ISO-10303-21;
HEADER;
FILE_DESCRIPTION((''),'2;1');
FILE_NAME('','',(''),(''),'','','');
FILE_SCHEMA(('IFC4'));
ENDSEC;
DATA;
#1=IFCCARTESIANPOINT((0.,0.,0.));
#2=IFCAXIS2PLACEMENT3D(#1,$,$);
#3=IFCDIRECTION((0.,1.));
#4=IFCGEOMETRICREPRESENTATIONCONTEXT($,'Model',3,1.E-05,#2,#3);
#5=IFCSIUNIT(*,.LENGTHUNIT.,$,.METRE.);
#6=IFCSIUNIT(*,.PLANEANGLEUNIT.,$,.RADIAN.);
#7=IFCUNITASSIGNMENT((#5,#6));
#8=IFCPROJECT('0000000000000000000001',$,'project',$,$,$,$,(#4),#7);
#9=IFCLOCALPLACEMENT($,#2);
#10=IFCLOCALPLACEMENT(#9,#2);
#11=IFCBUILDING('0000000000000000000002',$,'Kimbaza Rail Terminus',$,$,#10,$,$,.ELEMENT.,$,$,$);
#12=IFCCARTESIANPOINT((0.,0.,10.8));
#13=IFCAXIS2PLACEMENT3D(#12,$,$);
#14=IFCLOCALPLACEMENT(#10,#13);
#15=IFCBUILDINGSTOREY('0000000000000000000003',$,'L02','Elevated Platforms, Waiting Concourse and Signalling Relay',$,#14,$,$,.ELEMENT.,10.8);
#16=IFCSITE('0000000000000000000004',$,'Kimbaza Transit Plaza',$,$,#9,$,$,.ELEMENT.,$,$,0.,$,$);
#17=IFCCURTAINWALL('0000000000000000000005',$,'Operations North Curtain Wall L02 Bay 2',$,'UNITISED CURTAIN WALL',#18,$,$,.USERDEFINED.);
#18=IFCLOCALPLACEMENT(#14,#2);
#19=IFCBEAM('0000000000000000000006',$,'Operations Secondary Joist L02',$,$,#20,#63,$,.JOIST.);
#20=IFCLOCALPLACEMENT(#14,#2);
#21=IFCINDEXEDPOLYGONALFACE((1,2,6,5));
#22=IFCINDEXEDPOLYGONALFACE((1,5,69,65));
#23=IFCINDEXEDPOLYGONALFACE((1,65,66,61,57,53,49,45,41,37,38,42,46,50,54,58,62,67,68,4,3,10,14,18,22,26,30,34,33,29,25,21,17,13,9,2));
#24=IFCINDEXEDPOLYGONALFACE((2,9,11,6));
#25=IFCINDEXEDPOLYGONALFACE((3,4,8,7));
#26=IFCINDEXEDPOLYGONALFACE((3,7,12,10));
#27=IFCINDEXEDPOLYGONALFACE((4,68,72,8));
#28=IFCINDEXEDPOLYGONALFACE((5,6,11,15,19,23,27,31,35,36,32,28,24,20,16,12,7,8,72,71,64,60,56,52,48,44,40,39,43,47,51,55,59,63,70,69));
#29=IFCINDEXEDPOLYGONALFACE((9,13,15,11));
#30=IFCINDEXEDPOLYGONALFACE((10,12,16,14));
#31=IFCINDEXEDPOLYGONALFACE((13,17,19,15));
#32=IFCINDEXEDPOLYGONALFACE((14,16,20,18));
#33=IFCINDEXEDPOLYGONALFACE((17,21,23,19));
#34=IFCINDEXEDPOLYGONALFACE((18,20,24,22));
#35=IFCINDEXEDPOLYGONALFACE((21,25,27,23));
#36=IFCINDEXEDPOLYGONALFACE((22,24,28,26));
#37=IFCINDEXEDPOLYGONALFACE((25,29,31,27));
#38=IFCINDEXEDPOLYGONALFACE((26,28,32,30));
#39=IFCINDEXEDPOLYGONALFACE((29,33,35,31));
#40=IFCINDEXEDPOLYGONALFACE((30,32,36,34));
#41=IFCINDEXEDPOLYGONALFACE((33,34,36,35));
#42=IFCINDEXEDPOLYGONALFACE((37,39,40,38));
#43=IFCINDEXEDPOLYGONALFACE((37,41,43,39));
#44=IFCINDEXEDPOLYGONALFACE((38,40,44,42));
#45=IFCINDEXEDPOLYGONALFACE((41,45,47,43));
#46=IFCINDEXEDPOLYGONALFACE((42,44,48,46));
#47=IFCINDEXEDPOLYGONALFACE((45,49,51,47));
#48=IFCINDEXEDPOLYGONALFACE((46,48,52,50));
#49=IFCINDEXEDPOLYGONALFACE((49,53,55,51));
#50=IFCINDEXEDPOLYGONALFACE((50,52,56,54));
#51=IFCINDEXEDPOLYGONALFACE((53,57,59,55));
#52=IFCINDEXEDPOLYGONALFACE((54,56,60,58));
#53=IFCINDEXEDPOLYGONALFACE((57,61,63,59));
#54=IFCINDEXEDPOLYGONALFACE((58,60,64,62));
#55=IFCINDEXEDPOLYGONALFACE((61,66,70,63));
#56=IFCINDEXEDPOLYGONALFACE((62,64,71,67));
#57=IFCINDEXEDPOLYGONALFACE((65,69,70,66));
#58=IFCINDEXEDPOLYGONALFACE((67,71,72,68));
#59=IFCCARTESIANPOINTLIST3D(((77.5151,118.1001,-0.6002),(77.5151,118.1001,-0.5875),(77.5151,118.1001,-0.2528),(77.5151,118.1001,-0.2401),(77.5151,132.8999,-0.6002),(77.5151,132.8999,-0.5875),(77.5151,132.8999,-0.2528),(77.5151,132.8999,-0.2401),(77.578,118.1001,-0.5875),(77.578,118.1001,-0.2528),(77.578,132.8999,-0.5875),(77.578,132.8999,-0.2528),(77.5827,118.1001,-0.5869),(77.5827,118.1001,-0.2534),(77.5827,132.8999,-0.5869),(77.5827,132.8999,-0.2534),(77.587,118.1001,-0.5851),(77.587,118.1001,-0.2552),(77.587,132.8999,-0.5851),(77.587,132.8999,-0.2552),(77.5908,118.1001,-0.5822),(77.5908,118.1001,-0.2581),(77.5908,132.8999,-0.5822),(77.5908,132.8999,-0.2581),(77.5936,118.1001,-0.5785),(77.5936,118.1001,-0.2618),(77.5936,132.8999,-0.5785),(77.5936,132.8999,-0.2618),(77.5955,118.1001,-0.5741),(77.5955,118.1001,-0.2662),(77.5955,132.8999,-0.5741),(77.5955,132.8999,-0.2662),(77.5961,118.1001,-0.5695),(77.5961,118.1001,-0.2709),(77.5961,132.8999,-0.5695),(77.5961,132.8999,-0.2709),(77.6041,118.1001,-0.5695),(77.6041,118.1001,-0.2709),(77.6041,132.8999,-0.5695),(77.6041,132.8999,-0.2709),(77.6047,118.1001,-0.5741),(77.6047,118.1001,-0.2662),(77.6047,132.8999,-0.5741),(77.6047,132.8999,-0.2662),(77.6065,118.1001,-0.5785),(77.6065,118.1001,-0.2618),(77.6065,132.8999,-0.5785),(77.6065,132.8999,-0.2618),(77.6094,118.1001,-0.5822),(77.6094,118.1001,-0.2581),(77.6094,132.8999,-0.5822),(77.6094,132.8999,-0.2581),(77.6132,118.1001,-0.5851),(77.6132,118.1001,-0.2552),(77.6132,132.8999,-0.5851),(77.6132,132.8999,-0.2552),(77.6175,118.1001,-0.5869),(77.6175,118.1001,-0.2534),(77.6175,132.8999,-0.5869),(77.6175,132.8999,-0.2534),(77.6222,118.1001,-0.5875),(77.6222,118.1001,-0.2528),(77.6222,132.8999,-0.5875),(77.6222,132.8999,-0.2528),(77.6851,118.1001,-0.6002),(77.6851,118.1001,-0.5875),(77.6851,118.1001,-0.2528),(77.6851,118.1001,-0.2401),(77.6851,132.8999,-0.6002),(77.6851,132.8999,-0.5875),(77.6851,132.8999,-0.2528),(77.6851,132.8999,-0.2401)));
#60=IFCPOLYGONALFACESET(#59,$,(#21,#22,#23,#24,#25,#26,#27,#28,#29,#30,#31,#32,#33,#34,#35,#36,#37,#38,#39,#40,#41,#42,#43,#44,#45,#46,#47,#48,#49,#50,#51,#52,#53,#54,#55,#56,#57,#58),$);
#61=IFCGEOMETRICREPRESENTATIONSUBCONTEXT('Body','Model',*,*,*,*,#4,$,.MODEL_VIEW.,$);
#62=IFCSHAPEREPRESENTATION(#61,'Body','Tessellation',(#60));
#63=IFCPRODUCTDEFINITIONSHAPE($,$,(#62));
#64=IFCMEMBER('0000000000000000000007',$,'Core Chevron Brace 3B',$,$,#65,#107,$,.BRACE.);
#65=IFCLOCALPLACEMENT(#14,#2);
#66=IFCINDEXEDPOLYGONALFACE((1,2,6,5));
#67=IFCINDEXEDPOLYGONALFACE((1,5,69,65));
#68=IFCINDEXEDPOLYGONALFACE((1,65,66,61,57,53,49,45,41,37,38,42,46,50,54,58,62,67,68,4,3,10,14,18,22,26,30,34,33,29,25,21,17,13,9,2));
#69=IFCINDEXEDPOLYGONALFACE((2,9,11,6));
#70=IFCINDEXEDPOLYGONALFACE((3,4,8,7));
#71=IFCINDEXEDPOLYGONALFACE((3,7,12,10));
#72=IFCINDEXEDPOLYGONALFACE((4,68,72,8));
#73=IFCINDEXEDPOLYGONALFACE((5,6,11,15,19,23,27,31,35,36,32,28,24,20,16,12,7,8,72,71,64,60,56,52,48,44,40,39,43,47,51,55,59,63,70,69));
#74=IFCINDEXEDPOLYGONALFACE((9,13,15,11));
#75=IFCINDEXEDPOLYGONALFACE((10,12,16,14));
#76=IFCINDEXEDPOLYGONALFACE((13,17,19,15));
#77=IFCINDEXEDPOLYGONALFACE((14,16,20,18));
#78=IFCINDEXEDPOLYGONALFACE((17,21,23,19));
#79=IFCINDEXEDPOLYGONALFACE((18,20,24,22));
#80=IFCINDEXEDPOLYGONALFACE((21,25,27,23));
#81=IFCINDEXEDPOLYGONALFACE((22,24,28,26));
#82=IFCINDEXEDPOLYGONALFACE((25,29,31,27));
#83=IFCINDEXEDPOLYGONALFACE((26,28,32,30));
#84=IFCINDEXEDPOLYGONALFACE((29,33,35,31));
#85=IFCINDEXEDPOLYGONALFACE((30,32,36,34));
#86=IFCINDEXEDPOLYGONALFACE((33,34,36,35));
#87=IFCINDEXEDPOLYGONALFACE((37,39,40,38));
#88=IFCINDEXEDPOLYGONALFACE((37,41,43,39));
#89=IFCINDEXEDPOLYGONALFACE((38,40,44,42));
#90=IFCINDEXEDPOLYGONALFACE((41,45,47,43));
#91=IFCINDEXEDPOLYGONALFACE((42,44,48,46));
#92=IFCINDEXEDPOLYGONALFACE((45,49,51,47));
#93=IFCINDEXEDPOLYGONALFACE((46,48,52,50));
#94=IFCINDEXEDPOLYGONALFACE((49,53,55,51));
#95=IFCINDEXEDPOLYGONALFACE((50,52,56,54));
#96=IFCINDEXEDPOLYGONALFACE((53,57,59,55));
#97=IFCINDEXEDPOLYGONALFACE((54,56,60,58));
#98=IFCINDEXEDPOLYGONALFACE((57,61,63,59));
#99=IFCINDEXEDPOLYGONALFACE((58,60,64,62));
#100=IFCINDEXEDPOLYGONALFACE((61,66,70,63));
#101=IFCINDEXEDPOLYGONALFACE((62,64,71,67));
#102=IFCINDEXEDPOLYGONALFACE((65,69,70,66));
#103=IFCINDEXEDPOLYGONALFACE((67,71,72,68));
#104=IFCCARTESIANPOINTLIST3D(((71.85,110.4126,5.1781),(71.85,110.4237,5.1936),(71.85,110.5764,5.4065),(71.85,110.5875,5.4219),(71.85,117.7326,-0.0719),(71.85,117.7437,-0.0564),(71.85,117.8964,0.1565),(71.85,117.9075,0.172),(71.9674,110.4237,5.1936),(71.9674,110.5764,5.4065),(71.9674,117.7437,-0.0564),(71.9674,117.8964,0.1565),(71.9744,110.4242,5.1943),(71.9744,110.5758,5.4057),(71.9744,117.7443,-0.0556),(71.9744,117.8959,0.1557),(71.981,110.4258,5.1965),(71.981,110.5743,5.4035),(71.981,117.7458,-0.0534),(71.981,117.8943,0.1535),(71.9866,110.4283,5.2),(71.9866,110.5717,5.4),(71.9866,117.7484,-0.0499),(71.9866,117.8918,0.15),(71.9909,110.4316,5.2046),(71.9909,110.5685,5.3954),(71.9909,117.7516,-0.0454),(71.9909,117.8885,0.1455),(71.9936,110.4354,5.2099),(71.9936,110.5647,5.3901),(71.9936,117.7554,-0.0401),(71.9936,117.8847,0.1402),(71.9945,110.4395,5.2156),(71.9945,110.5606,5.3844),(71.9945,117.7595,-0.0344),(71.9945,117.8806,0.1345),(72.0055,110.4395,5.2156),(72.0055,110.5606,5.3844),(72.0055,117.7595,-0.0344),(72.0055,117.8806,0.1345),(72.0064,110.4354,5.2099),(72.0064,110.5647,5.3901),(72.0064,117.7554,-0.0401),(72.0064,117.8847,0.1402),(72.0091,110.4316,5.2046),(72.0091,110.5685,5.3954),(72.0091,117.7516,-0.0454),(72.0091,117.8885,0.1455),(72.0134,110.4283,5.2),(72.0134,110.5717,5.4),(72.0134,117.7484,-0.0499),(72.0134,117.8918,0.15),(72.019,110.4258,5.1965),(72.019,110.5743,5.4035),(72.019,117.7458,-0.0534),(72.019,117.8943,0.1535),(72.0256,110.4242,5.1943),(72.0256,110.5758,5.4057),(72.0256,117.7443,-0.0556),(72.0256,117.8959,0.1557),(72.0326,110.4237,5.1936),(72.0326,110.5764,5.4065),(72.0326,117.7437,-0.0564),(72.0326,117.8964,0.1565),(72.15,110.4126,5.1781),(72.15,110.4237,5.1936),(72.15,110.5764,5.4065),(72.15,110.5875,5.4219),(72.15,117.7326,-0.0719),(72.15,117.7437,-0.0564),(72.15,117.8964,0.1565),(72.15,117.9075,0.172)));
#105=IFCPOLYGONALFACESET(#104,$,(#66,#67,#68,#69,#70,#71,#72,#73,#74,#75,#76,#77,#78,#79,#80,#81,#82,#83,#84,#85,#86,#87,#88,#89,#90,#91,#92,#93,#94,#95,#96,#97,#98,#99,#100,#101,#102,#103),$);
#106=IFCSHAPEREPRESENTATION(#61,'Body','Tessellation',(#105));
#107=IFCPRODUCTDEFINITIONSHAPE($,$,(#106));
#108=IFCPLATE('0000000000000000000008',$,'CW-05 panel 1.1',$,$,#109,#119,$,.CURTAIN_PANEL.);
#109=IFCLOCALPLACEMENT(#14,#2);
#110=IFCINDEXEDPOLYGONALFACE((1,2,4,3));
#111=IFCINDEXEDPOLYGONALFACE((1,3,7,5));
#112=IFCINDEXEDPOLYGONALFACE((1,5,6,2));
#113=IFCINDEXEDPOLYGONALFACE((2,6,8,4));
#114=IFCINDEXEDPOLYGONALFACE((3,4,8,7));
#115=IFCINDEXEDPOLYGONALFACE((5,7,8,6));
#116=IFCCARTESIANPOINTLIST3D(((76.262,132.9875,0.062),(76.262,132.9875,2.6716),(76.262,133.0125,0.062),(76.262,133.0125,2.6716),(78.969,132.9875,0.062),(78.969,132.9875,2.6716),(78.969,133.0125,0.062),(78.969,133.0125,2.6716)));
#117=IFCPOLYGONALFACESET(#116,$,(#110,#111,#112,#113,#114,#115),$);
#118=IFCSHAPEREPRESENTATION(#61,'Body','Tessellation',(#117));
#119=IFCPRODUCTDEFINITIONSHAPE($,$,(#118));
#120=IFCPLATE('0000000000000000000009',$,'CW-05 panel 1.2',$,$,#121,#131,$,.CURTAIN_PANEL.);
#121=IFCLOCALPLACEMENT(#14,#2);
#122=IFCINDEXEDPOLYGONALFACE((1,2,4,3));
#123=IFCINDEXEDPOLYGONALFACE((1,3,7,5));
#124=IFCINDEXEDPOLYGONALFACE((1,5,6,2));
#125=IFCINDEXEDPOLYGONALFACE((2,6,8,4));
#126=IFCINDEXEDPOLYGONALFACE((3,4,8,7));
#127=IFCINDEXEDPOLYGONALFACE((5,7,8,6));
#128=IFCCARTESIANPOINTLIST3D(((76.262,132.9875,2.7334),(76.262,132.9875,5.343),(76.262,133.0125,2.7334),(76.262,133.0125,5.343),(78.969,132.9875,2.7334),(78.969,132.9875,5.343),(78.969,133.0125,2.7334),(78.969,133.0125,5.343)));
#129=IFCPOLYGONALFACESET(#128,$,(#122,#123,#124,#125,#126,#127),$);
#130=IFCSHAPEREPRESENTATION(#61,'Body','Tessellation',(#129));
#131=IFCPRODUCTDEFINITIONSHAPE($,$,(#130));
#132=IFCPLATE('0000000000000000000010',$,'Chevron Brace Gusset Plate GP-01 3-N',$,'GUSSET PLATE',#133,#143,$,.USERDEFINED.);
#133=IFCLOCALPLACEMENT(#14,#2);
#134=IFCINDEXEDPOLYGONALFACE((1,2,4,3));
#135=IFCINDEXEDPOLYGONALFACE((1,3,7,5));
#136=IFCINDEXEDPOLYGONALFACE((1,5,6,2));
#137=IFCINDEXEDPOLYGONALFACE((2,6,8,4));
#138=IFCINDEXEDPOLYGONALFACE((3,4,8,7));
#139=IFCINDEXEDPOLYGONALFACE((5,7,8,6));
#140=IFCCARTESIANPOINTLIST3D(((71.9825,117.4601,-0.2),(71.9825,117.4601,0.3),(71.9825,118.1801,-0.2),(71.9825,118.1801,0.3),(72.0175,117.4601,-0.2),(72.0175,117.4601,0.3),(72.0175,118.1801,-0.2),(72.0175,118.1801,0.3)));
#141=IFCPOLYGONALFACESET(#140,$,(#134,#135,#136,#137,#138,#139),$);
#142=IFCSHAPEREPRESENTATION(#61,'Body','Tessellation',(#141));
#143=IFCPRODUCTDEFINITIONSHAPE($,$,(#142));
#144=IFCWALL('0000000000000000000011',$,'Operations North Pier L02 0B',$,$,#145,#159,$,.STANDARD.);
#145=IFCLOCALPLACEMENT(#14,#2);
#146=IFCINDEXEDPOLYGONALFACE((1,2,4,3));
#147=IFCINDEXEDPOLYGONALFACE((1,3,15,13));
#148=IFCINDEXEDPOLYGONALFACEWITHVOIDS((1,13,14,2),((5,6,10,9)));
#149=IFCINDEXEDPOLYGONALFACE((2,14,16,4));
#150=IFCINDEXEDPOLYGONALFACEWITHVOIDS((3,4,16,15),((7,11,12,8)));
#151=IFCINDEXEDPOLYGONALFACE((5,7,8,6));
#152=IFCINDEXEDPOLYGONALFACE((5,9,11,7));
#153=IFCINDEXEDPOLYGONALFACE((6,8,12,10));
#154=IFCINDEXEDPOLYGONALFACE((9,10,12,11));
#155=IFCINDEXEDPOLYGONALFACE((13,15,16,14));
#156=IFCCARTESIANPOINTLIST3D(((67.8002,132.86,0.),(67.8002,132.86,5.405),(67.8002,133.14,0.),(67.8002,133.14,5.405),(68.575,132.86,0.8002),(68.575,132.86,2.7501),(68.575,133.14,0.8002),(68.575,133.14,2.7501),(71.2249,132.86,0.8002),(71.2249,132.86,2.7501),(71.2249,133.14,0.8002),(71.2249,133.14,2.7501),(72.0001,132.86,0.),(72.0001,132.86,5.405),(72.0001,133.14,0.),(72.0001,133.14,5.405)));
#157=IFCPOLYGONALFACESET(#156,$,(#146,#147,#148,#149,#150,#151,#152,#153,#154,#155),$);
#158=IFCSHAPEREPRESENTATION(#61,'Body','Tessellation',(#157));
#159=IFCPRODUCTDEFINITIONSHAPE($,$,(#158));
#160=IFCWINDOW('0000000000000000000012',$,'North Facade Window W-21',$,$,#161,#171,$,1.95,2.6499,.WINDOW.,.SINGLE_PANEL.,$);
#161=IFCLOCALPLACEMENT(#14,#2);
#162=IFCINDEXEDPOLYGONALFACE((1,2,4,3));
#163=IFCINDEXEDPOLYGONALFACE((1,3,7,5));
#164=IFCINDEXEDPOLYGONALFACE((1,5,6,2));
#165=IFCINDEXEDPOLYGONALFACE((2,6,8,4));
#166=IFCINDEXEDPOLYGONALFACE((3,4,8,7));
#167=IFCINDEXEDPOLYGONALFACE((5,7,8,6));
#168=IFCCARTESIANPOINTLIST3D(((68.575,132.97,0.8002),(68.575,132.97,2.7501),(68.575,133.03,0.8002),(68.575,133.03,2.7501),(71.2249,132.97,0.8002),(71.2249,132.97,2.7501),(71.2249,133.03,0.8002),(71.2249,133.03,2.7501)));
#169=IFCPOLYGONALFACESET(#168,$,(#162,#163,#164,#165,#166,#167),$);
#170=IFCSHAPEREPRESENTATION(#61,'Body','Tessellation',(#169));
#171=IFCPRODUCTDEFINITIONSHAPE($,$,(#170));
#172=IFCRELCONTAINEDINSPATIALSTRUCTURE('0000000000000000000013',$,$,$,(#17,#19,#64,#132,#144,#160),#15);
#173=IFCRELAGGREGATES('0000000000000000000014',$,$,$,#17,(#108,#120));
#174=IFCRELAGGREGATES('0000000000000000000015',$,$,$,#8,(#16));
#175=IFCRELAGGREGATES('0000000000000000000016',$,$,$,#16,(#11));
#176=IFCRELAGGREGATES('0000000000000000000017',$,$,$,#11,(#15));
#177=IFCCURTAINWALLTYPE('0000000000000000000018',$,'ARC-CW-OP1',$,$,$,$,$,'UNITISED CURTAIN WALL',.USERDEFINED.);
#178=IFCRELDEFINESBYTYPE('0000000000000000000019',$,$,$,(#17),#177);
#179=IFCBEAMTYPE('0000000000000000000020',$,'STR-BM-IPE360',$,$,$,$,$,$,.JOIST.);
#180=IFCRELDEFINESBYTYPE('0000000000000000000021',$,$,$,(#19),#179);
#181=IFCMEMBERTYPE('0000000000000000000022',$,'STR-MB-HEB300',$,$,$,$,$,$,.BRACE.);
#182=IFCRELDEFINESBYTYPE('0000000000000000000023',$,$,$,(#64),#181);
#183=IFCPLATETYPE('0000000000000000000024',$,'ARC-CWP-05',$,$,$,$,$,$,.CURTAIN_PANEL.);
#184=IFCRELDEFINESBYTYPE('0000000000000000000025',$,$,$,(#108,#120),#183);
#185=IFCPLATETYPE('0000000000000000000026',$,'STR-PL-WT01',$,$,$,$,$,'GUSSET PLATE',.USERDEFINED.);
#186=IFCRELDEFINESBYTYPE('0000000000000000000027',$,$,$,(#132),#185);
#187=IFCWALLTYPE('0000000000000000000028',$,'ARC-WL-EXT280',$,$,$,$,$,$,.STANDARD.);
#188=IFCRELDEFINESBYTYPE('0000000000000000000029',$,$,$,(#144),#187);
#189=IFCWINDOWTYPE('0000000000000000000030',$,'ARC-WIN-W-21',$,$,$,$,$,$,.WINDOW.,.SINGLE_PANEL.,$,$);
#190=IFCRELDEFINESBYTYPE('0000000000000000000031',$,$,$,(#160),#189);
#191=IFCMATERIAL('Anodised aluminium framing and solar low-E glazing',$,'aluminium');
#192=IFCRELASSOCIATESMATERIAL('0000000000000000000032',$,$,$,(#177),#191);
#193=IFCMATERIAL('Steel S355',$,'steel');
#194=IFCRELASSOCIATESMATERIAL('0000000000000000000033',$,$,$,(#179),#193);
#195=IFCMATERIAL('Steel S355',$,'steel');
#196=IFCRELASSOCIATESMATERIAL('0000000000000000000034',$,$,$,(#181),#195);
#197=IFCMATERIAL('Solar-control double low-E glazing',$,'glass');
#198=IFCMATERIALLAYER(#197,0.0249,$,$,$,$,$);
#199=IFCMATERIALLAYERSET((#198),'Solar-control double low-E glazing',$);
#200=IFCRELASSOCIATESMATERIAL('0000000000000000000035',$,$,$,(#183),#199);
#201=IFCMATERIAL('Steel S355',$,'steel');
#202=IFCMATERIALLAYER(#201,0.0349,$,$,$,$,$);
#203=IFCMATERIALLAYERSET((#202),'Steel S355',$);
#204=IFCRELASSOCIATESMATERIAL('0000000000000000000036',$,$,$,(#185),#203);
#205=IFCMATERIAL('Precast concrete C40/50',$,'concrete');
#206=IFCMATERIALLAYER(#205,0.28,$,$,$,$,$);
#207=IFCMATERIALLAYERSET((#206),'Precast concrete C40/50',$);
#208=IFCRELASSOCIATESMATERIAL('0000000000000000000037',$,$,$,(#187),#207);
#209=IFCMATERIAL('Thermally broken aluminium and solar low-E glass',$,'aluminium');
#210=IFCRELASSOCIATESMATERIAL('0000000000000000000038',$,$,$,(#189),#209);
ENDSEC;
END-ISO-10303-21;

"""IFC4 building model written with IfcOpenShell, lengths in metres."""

from ifc_helpers import new_model, si_unit, direction, frame, frame_2d, origin, origin_2d, place, context, subcontext, project, spatial, rectangle, i_section, extrude, material, layer, layer_set, material_profile, profile_set, type_object, element, fill, aggregate, save


model = new_model("IFC4")

# Units and contexts
model_context = context("Model", 3, precision=1e-05, world=origin(), true_north=direction((0.0, 1.0)))
body_context = subcontext(model_context, "Body", "Model", "MODEL_VIEW")
ifc_project = project(units=[si_unit("LENGTHUNIT", "METRE"), si_unit("PLANEANGLEUNIT", "RADIAN")], contexts=[model_context])

# Site, building, storey
site_placement = place(None, origin())
site = spatial("IfcSite", under=ifc_project, at=site_placement, Name="Kimbaza Transit Plaza", CompositionType="ELEMENT", RefElevation=0.0)
building_placement = place(site_placement, origin())
building = spatial("IfcBuilding", under=site, at=building_placement, Name="Kimbaza Rail Terminus", CompositionType="ELEMENT")
storey_placement = place(building_placement, frame((0.0, 0.0, 10.8)))
storey = spatial("IfcBuildingStorey", under=building, at=storey_placement, Name="L02", Description="Elevated Platforms, Waiting Concourse and Signalling Relay", CompositionType="ELEMENT", Elevation=10.8)

# Curtain wall
ifc_material_1 = material(Name="Anodised aluminium framing and solar low-E glazing", Category="aluminium")
curtain_wall_type = type_object("IfcCurtainWallType", Name="ARC-CW-OP1", ElementType="UNITISED CURTAIN WALL", PredefinedType="USERDEFINED", material=ifc_material_1)
curtain_wall_placement = place(storey_placement, origin())
curtain_wall = element("IfcCurtainWall", 1, at=curtain_wall_placement, inside=storey, type_object=curtain_wall_type, Name="Operations North Curtain Wall L02 Bay 2", ObjectType="UNITISED CURTAIN WALL", PredefinedType="USERDEFINED")

# Beam
ifc_material_2 = material(Name="Steel S355", Category="steel")
ifc_material_profile_1 = material_profile(ifc_material_2, i_section(OverallWidth=0.1699, OverallDepth=0.3601, WebThickness=0.0081, FlangeThickness=0.0127, FilletRadius=0.0181, at=origin_2d()), Name="IPE 360")
ifc_profile_set_1 = profile_set([ifc_material_profile_1], Name="Steel S355")
beam_type_1 = type_object("IfcBeamType", Name="STR-BM-IPE360", PredefinedType="JOIST", material=ifc_profile_set_1)
beam_1_placement = place(storey_placement, frame((77.6001, 118.1001, -0.4202), z_axis=(0.0, 1.0, 0.0), x_axis=(-1.0, 0.0, 0.0)))
element("IfcBeam", 2, at=beam_1_placement, inside=storey, type_object=beam_type_1, Name="Operations Secondary Joist L02", PredefinedType="JOIST", context=body_context, shape_type="SweptSolid", body=[
    extrude(i_section(OverallWidth=0.1699, OverallDepth=0.3601, WebThickness=0.0081, FlangeThickness=0.0127, FilletRadius=0.0181, at=origin_2d()), origin(), (0.0, 0.0, 1.0), 14.7998),
])

# Member
ifc_material_3 = material(Name="Steel S355", Category="steel")
ifc_material_profile_2 = material_profile(ifc_material_3, i_section(OverallWidth=0.3, OverallDepth=0.3, WebThickness=0.011, FlangeThickness=0.019, FilletRadius=0.0271, at=origin_2d()), Name="HEB 300")
ifc_profile_set_2 = profile_set([ifc_material_profile_2], Name="Steel S355")
member_type_1 = type_object("IfcMemberType", Name="STR-MB-HEB300", PredefinedType="BRACE", material=ifc_profile_set_2)
member_1_placement = place(storey_placement, frame((72.0, 117.8201, 0.05), z_axis=(0.0, -0.812609, 0.582809), x_axis=(1.0, 0.0, 0.0)))
element("IfcMember", 3, at=member_1_placement, inside=storey, type_object=member_type_1, Name="Core Chevron Brace 3B", PredefinedType="BRACE", context=body_context, shape_type="SweptSolid", body=[
    extrude(i_section(OverallWidth=0.3, OverallDepth=0.3, WebThickness=0.011, FlangeThickness=0.019, FilletRadius=0.0271, at=origin_2d()), origin(), (0.0, 0.0, 1.0), 9.0081),
])

# Plates
ifc_material_4 = material(Name="Solar-control double low-E glazing", Category="glass")
ifc_layer_1 = layer(ifc_material_4, 0.0249)
ifc_layer_set_1 = layer_set([ifc_layer_1], Name="Solar-control double low-E glazing")
plate_type_1 = type_object("IfcPlateType", Name="ARC-CWP-05", PredefinedType="CURTAIN_PANEL", material=ifc_layer_set_1)
plate_1_placement = place(storey_placement, frame((77.6155, 133.0, 0.062), z_axis=(0.0, 0.0, 1.0), x_axis=(1.0, 0.0, 0.0)))
plate_1 = element("IfcPlate", 4, at=plate_1_placement, type_object=plate_type_1, Name="CW-05 panel 1.1", PredefinedType="CURTAIN_PANEL", context=body_context, shape_type="SweptSolid", body=[
    extrude(rectangle(XDim=2.707, YDim=0.0249, at=origin_2d()), origin(), (0.0, 0.0, 1.0), 2.6096),
])
plate_2_placement = place(storey_placement, frame((77.6155, 133.0, 2.7334), z_axis=(0.0, 0.0, 1.0), x_axis=(1.0, 0.0, 0.0)))
plate_2 = element("IfcPlate", 5, at=plate_2_placement, type_object=plate_type_1, Name="CW-05 panel 1.2", PredefinedType="CURTAIN_PANEL", context=body_context, shape_type="SweptSolid", body=[
    extrude(rectangle(XDim=2.707, YDim=0.0249, at=origin_2d()), origin(), (0.0, 0.0, 1.0), 2.6096),
])
aggregate(curtain_wall, [plate_1, plate_2])
ifc_material_5 = material(Name="Steel S355", Category="steel")
ifc_layer_2 = layer(ifc_material_5, 0.0349)
ifc_layer_set_2 = layer_set([ifc_layer_2], Name="Steel S355")
plate_type_2 = type_object("IfcPlateType", Name="STR-PL-WT01", ElementType="GUSSET PLATE", PredefinedType="USERDEFINED", material=ifc_layer_set_2)
plate_3_placement = place(storey_placement, frame((72.0, 117.8201, -0.2), z_axis=(0.0, 0.0, 1.0), x_axis=(1.0, 0.0, 0.0)))
element("IfcPlate", 6, at=plate_3_placement, inside=storey, type_object=plate_type_2, Name="Chevron Brace Gusset Plate GP-01 3-N", ObjectType="GUSSET PLATE", PredefinedType="USERDEFINED", context=body_context, shape_type="SweptSolid", body=[
    extrude(rectangle(XDim=0.0349, YDim=0.72, at=origin_2d()), origin(), (0.0, 0.0, 1.0), 0.5),
])

# Wall, opening, window
ifc_material_6 = material(Name="Precast concrete C40/50", Category="concrete")
ifc_layer_3 = layer(ifc_material_6, 0.28)
ifc_layer_set_3 = layer_set([ifc_layer_3], Name="Precast concrete C40/50")
wall_type_1 = type_object("IfcWallType", Name="ARC-WL-EXT280", PredefinedType="STANDARD", material=ifc_layer_set_3)
wall_1_placement = place(storey_placement, frame((67.8, 133.0, 0.0), z_axis=(0.0, 0.0, 1.0), x_axis=(1.0, 0.0, 0.0)))
wall_1 = element("IfcWall", 7, at=wall_1_placement, inside=storey, type_object=wall_type_1, Name="Operations North Pier L02 0B", PredefinedType="STANDARD", context=body_context, shape_type="SweptSolid", body=[
    extrude(rectangle(XDim=4.2, YDim=0.28, at=frame_2d((2.1001, 0.0))), origin(), (0.0, 0.0, 1.0), 5.405),
])
opening_1_placement = place(wall_1_placement, frame((0.7749, 0.0, 0.8)))
opening_1 = element("IfcOpeningElement", 8, at=opening_1_placement, cuts=wall_1, PredefinedType="OPENING", context=body_context, shape_type="SweptSolid", body=[
    extrude(rectangle(XDim=2.6499, YDim=1.95, at=frame_2d((1.325, 0.9751))), frame((0.0, 0.1499, 0.0), z_axis=(0.0, -1.0, 0.0), x_axis=(1.0, 0.0, 0.0)), (0.0, 0.0, 1.0), 0.3),
])
ifc_material_7 = material(Name="Thermally broken aluminium and solar low-E glass", Category="aluminium")
window_type_1 = type_object("IfcWindowType", Name="ARC-WIN-W-21", PartitioningType="SINGLE_PANEL", PredefinedType="WINDOW", material=ifc_material_7)
window_1_placement = place(opening_1_placement, origin())
window_1 = element("IfcWindow", 9, at=window_1_placement, inside=storey, type_object=window_type_1, Name="North Facade Window W-21", OverallHeight=1.95, OverallWidth=2.6499, PartitioningType="SINGLE_PANEL", PredefinedType="WINDOW", context=body_context, shape_type="SweptSolid", body=[
    extrude(rectangle(XDim=2.6499, YDim=1.95, at=frame_2d((1.325, 0.9751))), frame((0.0, 0.03, 0.0), z_axis=(0.0, -1.0, 0.0), x_axis=(1.0, 0.0, 0.0)), (0.0, 0.0, 1.0), 0.0601),
])
fill(opening_1, window_1)

save(model, "model.ifc")
